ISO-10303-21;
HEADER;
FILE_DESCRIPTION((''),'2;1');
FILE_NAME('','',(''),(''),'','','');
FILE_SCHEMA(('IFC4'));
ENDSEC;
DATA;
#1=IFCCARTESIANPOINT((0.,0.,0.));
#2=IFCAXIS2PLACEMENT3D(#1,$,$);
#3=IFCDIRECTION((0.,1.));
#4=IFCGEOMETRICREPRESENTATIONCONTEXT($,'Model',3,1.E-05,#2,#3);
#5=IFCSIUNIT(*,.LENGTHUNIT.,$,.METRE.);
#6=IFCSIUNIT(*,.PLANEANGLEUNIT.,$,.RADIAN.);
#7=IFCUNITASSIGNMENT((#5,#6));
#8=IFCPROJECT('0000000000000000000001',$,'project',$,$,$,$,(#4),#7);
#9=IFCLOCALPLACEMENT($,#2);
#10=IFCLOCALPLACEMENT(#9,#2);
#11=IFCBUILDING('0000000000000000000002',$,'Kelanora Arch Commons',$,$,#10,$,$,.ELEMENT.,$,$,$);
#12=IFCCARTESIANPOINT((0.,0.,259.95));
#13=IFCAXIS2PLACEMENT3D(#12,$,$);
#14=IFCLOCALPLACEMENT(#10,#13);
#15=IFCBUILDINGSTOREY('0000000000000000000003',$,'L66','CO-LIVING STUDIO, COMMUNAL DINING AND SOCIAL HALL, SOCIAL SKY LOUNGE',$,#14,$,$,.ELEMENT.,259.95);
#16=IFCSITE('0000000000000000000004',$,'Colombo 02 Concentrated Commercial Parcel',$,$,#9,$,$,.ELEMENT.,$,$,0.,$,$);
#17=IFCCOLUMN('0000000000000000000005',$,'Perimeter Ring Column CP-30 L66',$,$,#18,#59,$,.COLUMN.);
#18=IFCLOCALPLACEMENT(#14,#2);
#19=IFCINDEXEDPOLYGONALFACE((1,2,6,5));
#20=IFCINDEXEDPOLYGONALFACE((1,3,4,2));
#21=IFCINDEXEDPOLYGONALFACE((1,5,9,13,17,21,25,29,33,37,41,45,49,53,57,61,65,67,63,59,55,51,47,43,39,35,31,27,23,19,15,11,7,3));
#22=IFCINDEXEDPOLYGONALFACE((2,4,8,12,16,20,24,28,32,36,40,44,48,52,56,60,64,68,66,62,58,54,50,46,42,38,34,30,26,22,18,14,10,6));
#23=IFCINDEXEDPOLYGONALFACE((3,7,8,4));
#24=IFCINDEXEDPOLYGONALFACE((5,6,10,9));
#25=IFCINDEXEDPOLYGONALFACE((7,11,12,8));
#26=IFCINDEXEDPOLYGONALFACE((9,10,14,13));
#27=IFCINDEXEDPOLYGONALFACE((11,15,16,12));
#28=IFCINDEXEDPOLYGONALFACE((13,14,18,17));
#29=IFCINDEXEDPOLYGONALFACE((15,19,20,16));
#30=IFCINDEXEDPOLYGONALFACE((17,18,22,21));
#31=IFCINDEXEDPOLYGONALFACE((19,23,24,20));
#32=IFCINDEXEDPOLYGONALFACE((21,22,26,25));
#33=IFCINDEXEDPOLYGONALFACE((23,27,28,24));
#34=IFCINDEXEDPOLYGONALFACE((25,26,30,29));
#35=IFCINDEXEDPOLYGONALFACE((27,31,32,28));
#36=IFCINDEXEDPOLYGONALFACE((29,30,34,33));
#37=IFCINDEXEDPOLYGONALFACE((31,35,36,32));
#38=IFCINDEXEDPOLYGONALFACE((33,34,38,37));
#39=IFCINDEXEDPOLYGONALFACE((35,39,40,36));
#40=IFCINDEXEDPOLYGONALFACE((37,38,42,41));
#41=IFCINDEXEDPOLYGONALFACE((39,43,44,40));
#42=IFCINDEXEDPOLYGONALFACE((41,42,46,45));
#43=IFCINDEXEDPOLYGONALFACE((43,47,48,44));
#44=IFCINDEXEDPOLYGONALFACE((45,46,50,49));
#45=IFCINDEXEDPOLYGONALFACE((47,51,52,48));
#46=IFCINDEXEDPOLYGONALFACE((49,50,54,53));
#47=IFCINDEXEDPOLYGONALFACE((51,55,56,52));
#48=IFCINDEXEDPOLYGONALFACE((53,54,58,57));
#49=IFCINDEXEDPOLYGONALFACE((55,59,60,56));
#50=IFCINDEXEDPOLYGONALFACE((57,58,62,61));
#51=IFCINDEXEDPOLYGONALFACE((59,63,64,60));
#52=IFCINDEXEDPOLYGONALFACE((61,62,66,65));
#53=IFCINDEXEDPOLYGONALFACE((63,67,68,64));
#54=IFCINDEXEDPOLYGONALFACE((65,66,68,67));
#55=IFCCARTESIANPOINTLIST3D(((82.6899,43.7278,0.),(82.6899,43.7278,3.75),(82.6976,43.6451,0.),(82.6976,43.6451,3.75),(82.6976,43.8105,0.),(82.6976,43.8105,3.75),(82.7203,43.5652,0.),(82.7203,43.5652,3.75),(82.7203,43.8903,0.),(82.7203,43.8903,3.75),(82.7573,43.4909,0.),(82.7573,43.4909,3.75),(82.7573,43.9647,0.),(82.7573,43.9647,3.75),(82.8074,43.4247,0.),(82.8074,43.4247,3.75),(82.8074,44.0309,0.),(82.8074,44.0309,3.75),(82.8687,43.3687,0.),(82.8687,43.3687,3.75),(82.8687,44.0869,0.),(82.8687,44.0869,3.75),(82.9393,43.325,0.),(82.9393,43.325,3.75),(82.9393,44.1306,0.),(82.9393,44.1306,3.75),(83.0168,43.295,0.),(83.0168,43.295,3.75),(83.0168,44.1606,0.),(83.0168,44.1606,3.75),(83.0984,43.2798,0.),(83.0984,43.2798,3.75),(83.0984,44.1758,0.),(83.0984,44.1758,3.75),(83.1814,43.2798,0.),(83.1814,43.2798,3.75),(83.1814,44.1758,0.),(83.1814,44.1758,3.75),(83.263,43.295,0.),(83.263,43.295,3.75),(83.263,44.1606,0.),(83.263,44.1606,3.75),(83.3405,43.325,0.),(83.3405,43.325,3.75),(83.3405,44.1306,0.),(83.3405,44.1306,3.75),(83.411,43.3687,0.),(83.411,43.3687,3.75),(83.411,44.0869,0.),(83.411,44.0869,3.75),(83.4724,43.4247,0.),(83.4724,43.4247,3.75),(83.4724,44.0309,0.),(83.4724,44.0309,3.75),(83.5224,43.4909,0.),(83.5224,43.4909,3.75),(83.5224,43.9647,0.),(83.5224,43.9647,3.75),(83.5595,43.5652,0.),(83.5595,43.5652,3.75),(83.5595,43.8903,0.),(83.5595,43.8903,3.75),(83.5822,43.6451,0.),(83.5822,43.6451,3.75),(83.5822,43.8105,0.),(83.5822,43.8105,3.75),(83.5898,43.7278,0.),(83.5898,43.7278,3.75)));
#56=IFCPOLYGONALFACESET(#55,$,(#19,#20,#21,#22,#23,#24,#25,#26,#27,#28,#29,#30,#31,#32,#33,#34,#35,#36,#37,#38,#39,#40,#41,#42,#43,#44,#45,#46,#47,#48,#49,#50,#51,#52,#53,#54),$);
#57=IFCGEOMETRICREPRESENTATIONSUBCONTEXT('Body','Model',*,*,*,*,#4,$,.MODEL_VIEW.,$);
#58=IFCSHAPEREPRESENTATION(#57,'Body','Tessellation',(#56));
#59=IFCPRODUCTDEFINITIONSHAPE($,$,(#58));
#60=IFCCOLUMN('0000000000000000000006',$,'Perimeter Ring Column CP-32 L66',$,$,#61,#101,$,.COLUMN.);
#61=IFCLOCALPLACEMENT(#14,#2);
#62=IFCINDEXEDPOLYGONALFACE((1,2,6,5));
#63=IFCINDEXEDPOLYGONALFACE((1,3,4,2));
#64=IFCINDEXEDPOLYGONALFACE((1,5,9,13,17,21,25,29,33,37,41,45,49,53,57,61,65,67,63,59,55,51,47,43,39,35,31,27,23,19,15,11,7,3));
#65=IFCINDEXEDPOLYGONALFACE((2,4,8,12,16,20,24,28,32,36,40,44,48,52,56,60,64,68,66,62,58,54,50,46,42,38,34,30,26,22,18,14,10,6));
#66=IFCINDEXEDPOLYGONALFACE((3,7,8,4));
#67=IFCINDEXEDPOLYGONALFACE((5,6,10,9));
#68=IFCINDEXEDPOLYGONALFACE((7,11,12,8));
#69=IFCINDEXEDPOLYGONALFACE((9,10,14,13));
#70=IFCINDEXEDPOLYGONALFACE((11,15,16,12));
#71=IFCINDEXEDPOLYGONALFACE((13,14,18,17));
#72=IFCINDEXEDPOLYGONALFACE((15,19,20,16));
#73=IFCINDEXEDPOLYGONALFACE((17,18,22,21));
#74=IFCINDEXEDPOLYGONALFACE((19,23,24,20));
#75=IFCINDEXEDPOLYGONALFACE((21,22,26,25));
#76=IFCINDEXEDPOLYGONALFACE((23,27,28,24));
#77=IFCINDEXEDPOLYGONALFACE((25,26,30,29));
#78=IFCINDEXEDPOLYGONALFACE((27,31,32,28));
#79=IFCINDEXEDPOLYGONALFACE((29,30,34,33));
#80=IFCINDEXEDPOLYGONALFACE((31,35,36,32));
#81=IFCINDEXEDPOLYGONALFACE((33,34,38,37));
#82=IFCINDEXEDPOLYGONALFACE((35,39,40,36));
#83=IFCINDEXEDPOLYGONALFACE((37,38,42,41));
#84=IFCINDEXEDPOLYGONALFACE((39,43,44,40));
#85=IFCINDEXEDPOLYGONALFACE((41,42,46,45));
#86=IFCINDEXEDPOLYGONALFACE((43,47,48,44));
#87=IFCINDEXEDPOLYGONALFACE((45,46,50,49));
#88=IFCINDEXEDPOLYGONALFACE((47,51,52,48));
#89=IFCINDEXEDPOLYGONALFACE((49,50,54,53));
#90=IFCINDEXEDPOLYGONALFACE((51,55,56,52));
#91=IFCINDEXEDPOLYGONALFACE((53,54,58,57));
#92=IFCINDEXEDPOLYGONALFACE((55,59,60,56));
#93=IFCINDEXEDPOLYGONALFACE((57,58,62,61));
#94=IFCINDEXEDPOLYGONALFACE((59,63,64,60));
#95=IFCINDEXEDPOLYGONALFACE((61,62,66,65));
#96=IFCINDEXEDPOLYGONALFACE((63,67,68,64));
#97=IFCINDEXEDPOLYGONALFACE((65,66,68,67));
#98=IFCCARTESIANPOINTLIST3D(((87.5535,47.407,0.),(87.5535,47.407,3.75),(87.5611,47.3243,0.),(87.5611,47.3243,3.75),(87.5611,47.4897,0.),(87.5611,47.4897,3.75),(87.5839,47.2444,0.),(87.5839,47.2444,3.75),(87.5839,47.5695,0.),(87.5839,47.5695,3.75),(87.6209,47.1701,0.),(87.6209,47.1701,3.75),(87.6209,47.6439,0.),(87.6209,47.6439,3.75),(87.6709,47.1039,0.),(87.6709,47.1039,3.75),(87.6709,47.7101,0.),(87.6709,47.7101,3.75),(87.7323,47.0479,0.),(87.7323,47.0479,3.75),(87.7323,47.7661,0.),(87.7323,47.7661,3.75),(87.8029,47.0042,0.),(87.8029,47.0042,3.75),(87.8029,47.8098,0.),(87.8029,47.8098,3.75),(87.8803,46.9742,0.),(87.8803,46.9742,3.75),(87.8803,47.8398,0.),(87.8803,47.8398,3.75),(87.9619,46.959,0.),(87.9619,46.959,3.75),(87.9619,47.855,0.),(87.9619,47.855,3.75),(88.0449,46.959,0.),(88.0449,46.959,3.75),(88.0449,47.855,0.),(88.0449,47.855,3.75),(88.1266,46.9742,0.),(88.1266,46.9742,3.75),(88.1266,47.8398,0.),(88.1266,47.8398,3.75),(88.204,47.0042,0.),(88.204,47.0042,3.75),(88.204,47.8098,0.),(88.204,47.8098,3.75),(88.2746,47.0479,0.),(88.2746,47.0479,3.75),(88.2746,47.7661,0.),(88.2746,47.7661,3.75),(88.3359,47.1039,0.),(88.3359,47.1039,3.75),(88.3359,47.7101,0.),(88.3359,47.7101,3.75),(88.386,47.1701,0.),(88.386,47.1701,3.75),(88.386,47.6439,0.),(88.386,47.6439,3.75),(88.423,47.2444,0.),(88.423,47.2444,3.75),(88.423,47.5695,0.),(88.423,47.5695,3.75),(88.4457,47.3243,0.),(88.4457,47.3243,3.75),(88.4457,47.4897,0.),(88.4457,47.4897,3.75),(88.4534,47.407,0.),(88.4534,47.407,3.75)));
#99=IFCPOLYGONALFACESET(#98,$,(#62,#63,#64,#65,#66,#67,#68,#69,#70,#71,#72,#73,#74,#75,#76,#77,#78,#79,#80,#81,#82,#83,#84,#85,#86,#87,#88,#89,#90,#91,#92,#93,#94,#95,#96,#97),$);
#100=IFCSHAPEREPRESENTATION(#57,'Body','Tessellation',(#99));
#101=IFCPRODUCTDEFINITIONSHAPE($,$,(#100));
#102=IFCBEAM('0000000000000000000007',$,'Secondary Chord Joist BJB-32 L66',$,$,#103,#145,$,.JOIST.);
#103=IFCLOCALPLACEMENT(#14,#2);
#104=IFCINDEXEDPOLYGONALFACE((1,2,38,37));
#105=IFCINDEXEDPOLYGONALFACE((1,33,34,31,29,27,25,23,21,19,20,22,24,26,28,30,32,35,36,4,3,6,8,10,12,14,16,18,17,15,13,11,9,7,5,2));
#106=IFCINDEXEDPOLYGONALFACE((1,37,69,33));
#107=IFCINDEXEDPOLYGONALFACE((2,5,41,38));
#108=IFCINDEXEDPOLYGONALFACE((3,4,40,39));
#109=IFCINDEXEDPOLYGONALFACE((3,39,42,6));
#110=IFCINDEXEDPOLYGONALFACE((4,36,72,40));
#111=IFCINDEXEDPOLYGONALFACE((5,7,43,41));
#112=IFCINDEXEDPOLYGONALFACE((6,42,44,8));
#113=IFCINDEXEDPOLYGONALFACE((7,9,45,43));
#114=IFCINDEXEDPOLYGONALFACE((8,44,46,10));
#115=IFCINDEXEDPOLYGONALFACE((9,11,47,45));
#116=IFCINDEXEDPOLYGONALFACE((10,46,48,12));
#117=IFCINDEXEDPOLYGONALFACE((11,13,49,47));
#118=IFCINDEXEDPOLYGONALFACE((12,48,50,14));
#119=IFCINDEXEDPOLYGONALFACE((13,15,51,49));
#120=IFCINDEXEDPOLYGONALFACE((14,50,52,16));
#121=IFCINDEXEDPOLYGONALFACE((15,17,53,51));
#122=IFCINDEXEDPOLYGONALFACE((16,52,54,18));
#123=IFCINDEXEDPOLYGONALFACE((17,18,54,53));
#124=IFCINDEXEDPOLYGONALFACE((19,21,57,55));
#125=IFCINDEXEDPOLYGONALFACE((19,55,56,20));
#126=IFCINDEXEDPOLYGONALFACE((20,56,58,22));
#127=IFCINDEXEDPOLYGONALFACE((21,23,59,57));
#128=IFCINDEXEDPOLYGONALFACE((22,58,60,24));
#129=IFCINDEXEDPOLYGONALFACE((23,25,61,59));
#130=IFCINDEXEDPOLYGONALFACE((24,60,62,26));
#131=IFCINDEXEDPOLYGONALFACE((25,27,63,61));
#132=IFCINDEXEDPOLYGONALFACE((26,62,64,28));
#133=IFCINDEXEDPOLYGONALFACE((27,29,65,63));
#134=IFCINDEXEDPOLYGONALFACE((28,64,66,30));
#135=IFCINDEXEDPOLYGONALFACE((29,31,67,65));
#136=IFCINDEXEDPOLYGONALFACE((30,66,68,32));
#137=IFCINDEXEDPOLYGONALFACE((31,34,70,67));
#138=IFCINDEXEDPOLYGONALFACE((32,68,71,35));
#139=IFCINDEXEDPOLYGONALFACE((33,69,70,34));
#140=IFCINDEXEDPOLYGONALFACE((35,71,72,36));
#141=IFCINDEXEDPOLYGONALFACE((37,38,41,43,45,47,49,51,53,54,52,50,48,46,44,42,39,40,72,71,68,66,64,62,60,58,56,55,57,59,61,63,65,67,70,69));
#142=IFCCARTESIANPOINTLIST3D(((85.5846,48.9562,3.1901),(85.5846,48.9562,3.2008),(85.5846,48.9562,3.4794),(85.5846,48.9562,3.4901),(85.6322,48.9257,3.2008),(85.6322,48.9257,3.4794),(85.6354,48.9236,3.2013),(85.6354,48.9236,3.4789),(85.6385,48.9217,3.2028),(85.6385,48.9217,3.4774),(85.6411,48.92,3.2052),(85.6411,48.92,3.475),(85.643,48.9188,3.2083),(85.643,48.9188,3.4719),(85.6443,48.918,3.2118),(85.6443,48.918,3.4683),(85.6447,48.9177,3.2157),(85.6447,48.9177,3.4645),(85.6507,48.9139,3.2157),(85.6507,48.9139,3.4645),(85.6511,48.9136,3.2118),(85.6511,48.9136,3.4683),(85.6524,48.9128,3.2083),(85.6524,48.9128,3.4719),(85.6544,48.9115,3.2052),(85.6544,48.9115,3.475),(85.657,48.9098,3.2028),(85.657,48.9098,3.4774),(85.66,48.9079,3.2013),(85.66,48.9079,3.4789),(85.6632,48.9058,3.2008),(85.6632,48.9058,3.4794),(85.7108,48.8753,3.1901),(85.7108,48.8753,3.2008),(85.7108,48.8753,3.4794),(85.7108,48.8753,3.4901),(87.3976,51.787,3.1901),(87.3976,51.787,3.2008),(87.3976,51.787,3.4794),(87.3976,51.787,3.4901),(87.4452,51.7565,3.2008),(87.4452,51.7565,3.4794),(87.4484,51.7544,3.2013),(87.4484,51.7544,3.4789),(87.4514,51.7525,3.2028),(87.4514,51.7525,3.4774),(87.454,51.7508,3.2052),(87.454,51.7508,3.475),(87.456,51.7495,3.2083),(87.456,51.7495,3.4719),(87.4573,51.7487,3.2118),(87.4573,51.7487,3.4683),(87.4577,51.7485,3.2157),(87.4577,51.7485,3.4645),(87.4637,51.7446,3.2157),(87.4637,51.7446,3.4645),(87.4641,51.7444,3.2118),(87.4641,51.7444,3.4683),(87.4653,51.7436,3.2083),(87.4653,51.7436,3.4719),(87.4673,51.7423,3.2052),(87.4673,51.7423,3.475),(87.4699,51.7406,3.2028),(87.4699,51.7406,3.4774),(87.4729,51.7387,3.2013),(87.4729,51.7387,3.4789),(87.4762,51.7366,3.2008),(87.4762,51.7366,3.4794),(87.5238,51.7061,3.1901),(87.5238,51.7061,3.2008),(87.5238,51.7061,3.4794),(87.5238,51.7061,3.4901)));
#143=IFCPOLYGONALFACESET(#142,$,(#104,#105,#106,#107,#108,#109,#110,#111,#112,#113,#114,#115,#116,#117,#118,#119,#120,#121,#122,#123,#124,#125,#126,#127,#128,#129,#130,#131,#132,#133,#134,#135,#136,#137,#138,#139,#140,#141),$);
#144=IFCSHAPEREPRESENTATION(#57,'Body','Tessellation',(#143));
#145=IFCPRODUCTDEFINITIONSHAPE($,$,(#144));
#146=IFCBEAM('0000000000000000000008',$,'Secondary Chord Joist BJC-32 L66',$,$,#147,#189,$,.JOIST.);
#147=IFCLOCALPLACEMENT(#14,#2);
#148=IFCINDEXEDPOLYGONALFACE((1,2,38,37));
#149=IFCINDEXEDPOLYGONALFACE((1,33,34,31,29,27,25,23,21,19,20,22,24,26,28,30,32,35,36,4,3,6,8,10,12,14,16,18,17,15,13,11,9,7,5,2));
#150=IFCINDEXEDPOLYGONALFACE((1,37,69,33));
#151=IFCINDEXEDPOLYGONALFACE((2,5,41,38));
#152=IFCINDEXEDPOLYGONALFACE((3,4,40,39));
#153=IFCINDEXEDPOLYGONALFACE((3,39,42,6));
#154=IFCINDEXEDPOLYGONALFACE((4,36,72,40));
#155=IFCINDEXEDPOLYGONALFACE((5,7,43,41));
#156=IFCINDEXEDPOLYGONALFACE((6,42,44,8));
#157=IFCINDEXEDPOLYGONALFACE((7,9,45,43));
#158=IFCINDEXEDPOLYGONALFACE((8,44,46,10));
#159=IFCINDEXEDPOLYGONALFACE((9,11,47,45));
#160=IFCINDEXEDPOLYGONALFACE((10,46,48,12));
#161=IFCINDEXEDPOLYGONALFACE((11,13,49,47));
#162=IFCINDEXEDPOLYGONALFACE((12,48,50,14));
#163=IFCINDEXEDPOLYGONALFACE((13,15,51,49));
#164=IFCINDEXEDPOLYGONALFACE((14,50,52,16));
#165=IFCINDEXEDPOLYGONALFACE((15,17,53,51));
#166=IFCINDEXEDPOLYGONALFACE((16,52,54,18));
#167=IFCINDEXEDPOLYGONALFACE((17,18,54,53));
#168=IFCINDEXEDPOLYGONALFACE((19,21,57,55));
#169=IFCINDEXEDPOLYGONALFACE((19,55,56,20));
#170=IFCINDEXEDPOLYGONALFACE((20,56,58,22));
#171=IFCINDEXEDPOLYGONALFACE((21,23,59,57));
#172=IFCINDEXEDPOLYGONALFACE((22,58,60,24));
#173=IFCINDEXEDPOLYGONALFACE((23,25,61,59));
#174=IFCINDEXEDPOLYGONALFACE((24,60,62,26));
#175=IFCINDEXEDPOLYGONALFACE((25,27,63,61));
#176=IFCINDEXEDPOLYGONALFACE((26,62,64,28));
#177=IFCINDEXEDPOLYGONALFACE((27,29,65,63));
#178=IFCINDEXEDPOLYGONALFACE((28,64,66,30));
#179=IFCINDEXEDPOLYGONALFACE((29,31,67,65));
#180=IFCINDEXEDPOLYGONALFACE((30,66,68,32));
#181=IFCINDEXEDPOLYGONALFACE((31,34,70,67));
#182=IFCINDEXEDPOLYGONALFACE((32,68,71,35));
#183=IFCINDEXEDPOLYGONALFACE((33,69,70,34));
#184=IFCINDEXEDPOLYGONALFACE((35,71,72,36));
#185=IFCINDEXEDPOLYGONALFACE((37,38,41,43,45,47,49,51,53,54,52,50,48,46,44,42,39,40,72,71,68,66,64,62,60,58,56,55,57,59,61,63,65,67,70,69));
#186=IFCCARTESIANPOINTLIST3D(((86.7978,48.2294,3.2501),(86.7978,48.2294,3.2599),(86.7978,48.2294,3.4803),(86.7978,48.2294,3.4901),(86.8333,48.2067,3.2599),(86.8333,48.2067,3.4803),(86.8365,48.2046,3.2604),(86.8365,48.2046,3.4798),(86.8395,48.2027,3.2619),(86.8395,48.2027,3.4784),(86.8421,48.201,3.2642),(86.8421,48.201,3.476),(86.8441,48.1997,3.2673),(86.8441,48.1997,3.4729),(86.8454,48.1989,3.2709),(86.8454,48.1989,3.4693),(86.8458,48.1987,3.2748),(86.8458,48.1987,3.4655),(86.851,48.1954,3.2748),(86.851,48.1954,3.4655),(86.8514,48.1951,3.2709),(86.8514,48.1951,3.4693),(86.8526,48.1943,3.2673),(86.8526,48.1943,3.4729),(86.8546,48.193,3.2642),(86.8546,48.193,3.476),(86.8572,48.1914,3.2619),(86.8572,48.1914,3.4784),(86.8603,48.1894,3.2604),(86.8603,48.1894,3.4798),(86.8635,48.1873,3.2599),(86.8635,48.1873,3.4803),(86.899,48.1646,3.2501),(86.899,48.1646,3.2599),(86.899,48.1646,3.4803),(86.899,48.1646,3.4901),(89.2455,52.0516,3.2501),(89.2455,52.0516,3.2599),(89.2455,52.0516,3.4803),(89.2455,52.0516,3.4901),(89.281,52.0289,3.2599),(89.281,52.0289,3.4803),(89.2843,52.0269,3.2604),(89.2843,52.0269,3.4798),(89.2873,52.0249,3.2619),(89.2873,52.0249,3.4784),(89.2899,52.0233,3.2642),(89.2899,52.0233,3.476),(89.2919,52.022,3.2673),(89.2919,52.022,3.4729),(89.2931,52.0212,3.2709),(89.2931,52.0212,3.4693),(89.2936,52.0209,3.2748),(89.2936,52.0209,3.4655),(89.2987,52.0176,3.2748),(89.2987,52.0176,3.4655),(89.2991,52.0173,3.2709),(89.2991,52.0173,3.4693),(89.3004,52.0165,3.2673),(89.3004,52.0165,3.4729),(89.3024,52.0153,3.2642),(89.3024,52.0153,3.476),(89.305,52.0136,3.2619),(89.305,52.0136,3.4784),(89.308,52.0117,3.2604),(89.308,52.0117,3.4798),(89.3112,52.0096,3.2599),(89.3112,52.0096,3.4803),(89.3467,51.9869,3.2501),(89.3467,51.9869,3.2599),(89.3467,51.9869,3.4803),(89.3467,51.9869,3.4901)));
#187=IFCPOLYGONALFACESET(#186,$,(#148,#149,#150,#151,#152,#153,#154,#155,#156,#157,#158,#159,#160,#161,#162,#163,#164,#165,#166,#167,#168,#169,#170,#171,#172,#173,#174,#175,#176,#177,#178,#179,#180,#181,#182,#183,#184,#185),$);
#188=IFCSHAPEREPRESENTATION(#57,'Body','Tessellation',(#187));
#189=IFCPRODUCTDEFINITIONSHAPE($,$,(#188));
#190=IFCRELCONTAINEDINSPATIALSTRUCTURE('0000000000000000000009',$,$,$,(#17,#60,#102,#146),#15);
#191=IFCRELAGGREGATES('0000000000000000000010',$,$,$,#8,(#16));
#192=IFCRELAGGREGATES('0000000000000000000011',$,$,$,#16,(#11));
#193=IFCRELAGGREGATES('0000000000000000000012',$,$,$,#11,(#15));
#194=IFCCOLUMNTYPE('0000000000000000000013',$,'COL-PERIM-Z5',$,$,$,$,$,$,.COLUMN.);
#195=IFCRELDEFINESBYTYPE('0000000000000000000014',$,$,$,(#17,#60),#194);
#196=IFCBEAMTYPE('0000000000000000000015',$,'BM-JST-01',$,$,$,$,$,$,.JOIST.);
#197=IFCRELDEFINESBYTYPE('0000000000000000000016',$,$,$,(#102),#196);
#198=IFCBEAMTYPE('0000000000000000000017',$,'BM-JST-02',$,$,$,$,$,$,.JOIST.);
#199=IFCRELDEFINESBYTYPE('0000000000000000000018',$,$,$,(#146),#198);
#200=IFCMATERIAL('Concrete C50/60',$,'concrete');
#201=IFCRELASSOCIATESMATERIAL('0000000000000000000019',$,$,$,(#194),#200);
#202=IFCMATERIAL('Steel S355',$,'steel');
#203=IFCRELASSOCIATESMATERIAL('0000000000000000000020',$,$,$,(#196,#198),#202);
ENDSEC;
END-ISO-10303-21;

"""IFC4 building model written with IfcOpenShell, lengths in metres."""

from ifc_helpers import new_model, si_unit, direction, frame, origin, origin_2d, place, context, subcontext, project, spatial, circle, i_section, extrude, material, material_profile, profile_set, type_object, element, save


model = new_model("IFC4")

# Units and contexts
model_context = context("Model", 3, precision=1e-05, world=origin(), true_north=direction((0.0, 1.0)))
body_context = subcontext(model_context, "Body", "Model", "MODEL_VIEW")
ifc_project = project(units=[si_unit("LENGTHUNIT", "METRE"), si_unit("PLANEANGLEUNIT", "RADIAN")], contexts=[model_context])

# Site, building, storey
site_placement = place(None, origin())
site = spatial("IfcSite", under=ifc_project, at=site_placement, Name="Colombo 02 Concentrated Commercial Parcel", CompositionType="ELEMENT", RefElevation=0.0)
building_placement = place(site_placement, origin())
building = spatial("IfcBuilding", under=site, at=building_placement, Name="Kelanora Arch Commons", CompositionType="ELEMENT")
storey_placement = place(building_placement, frame((0.0, 0.0, 259.95)))
storey = spatial("IfcBuildingStorey", under=building, at=storey_placement, Name="L66", Description="CO-LIVING STUDIO, COMMUNAL DINING AND SOCIAL HALL, SOCIAL SKY LOUNGE", CompositionType="ELEMENT", Elevation=259.95)

# Columns
ifc_material_1 = material(Name="Concrete C50/60", Category="concrete")
ifc_material_profile_1 = material_profile(ifc_material_1, circle(Radius=0.45, at=origin_2d()), Name="RCC900")
ifc_profile_set_1 = profile_set([ifc_material_profile_1], Name="Concrete C50/60")
column_type = type_object("IfcColumnType", Name="COL-PERIM-Z5", PredefinedType="COLUMN", material=ifc_profile_set_1)
for number, where, z_axis, x_axis, name in (
    (1, (83.1399, 43.7278, 0.0), (0.0, 0.0, 1.0), (1.0, 0.0, 0.0), "Perimeter Ring Column CP-30 L66"),
    (2, (88.0034, 47.407, 0.0), (0.0, 0.0, 1.0), (1.0, 0.0, 0.0), "Perimeter Ring Column CP-32 L66"),
):
    element("IfcColumn", number, at=place(storey_placement, frame(where, z_axis=z_axis, x_axis=x_axis)), inside=storey, type_object=column_type, Name=name, PredefinedType="COLUMN", context=body_context, shape_type="SweptSolid", body=[
        extrude(circle(Radius=0.45, at=origin_2d()), origin(), (0.0, 0.0, 1.0), 3.75),
    ])

# Beams
ifc_material_2 = material(Name="Steel S355", Category="steel")
ifc_material_profile_2 = material_profile(ifc_material_2, i_section(OverallWidth=0.1499, OverallDepth=0.3, WebThickness=0.0071, FlangeThickness=0.0107, FilletRadius=0.0149, at=origin_2d()), Name="IPE300")
ifc_profile_set_2 = profile_set([ifc_material_profile_2], Name="Steel S355")
beam_type_1 = type_object("IfcBeamType", Name="BM-JST-01", PredefinedType="JOIST", material=ifc_profile_set_2)
beam_1_placement = place(storey_placement, frame((85.6477, 48.9158, 3.3401), z_axis=(0.539322, 0.8421, 0.0), x_axis=(-0.8421, 0.539322, 0.0)))
element("IfcBeam", 3, at=beam_1_placement, inside=storey, type_object=beam_type_1, Name="Secondary Chord Joist BJB-32 L66", PredefinedType="JOIST", context=body_context, shape_type="SweptSolid", body=[
    extrude(i_section(OverallWidth=0.1499, OverallDepth=0.3, WebThickness=0.0071, FlangeThickness=0.0107, FilletRadius=0.0149, at=origin_2d()), origin(), (0.0, 0.0, 1.0), 3.3616),
])
ifc_material_profile_3 = material_profile(ifc_material_2, i_section(OverallWidth=0.1201, OverallDepth=0.24, WebThickness=0.0061, FlangeThickness=0.0098, FilletRadius=0.0149, at=origin_2d()), Name="IPE240")
ifc_profile_set_3 = profile_set([ifc_material_profile_3], Name="Steel S355")
beam_type_2 = type_object("IfcBeamType", Name="BM-JST-02", PredefinedType="JOIST", material=ifc_profile_set_3)
beam_2_placement = place(storey_placement, frame((86.8484, 48.197, 3.3701), z_axis=(0.539289, 0.842121, 0.0), x_axis=(-0.842121, 0.539289, 0.0)))
element("IfcBeam", 4, at=beam_2_placement, inside=storey, type_object=beam_type_2, Name="Secondary Chord Joist BJC-32 L66", PredefinedType="JOIST", context=body_context, shape_type="SweptSolid", body=[
    extrude(i_section(OverallWidth=0.1201, OverallDepth=0.24, WebThickness=0.0061, FlangeThickness=0.0098, FilletRadius=0.0149, at=origin_2d()), origin(), (0.0, 0.0, 1.0), 4.5388),
])

save(model, "model.ifc")
